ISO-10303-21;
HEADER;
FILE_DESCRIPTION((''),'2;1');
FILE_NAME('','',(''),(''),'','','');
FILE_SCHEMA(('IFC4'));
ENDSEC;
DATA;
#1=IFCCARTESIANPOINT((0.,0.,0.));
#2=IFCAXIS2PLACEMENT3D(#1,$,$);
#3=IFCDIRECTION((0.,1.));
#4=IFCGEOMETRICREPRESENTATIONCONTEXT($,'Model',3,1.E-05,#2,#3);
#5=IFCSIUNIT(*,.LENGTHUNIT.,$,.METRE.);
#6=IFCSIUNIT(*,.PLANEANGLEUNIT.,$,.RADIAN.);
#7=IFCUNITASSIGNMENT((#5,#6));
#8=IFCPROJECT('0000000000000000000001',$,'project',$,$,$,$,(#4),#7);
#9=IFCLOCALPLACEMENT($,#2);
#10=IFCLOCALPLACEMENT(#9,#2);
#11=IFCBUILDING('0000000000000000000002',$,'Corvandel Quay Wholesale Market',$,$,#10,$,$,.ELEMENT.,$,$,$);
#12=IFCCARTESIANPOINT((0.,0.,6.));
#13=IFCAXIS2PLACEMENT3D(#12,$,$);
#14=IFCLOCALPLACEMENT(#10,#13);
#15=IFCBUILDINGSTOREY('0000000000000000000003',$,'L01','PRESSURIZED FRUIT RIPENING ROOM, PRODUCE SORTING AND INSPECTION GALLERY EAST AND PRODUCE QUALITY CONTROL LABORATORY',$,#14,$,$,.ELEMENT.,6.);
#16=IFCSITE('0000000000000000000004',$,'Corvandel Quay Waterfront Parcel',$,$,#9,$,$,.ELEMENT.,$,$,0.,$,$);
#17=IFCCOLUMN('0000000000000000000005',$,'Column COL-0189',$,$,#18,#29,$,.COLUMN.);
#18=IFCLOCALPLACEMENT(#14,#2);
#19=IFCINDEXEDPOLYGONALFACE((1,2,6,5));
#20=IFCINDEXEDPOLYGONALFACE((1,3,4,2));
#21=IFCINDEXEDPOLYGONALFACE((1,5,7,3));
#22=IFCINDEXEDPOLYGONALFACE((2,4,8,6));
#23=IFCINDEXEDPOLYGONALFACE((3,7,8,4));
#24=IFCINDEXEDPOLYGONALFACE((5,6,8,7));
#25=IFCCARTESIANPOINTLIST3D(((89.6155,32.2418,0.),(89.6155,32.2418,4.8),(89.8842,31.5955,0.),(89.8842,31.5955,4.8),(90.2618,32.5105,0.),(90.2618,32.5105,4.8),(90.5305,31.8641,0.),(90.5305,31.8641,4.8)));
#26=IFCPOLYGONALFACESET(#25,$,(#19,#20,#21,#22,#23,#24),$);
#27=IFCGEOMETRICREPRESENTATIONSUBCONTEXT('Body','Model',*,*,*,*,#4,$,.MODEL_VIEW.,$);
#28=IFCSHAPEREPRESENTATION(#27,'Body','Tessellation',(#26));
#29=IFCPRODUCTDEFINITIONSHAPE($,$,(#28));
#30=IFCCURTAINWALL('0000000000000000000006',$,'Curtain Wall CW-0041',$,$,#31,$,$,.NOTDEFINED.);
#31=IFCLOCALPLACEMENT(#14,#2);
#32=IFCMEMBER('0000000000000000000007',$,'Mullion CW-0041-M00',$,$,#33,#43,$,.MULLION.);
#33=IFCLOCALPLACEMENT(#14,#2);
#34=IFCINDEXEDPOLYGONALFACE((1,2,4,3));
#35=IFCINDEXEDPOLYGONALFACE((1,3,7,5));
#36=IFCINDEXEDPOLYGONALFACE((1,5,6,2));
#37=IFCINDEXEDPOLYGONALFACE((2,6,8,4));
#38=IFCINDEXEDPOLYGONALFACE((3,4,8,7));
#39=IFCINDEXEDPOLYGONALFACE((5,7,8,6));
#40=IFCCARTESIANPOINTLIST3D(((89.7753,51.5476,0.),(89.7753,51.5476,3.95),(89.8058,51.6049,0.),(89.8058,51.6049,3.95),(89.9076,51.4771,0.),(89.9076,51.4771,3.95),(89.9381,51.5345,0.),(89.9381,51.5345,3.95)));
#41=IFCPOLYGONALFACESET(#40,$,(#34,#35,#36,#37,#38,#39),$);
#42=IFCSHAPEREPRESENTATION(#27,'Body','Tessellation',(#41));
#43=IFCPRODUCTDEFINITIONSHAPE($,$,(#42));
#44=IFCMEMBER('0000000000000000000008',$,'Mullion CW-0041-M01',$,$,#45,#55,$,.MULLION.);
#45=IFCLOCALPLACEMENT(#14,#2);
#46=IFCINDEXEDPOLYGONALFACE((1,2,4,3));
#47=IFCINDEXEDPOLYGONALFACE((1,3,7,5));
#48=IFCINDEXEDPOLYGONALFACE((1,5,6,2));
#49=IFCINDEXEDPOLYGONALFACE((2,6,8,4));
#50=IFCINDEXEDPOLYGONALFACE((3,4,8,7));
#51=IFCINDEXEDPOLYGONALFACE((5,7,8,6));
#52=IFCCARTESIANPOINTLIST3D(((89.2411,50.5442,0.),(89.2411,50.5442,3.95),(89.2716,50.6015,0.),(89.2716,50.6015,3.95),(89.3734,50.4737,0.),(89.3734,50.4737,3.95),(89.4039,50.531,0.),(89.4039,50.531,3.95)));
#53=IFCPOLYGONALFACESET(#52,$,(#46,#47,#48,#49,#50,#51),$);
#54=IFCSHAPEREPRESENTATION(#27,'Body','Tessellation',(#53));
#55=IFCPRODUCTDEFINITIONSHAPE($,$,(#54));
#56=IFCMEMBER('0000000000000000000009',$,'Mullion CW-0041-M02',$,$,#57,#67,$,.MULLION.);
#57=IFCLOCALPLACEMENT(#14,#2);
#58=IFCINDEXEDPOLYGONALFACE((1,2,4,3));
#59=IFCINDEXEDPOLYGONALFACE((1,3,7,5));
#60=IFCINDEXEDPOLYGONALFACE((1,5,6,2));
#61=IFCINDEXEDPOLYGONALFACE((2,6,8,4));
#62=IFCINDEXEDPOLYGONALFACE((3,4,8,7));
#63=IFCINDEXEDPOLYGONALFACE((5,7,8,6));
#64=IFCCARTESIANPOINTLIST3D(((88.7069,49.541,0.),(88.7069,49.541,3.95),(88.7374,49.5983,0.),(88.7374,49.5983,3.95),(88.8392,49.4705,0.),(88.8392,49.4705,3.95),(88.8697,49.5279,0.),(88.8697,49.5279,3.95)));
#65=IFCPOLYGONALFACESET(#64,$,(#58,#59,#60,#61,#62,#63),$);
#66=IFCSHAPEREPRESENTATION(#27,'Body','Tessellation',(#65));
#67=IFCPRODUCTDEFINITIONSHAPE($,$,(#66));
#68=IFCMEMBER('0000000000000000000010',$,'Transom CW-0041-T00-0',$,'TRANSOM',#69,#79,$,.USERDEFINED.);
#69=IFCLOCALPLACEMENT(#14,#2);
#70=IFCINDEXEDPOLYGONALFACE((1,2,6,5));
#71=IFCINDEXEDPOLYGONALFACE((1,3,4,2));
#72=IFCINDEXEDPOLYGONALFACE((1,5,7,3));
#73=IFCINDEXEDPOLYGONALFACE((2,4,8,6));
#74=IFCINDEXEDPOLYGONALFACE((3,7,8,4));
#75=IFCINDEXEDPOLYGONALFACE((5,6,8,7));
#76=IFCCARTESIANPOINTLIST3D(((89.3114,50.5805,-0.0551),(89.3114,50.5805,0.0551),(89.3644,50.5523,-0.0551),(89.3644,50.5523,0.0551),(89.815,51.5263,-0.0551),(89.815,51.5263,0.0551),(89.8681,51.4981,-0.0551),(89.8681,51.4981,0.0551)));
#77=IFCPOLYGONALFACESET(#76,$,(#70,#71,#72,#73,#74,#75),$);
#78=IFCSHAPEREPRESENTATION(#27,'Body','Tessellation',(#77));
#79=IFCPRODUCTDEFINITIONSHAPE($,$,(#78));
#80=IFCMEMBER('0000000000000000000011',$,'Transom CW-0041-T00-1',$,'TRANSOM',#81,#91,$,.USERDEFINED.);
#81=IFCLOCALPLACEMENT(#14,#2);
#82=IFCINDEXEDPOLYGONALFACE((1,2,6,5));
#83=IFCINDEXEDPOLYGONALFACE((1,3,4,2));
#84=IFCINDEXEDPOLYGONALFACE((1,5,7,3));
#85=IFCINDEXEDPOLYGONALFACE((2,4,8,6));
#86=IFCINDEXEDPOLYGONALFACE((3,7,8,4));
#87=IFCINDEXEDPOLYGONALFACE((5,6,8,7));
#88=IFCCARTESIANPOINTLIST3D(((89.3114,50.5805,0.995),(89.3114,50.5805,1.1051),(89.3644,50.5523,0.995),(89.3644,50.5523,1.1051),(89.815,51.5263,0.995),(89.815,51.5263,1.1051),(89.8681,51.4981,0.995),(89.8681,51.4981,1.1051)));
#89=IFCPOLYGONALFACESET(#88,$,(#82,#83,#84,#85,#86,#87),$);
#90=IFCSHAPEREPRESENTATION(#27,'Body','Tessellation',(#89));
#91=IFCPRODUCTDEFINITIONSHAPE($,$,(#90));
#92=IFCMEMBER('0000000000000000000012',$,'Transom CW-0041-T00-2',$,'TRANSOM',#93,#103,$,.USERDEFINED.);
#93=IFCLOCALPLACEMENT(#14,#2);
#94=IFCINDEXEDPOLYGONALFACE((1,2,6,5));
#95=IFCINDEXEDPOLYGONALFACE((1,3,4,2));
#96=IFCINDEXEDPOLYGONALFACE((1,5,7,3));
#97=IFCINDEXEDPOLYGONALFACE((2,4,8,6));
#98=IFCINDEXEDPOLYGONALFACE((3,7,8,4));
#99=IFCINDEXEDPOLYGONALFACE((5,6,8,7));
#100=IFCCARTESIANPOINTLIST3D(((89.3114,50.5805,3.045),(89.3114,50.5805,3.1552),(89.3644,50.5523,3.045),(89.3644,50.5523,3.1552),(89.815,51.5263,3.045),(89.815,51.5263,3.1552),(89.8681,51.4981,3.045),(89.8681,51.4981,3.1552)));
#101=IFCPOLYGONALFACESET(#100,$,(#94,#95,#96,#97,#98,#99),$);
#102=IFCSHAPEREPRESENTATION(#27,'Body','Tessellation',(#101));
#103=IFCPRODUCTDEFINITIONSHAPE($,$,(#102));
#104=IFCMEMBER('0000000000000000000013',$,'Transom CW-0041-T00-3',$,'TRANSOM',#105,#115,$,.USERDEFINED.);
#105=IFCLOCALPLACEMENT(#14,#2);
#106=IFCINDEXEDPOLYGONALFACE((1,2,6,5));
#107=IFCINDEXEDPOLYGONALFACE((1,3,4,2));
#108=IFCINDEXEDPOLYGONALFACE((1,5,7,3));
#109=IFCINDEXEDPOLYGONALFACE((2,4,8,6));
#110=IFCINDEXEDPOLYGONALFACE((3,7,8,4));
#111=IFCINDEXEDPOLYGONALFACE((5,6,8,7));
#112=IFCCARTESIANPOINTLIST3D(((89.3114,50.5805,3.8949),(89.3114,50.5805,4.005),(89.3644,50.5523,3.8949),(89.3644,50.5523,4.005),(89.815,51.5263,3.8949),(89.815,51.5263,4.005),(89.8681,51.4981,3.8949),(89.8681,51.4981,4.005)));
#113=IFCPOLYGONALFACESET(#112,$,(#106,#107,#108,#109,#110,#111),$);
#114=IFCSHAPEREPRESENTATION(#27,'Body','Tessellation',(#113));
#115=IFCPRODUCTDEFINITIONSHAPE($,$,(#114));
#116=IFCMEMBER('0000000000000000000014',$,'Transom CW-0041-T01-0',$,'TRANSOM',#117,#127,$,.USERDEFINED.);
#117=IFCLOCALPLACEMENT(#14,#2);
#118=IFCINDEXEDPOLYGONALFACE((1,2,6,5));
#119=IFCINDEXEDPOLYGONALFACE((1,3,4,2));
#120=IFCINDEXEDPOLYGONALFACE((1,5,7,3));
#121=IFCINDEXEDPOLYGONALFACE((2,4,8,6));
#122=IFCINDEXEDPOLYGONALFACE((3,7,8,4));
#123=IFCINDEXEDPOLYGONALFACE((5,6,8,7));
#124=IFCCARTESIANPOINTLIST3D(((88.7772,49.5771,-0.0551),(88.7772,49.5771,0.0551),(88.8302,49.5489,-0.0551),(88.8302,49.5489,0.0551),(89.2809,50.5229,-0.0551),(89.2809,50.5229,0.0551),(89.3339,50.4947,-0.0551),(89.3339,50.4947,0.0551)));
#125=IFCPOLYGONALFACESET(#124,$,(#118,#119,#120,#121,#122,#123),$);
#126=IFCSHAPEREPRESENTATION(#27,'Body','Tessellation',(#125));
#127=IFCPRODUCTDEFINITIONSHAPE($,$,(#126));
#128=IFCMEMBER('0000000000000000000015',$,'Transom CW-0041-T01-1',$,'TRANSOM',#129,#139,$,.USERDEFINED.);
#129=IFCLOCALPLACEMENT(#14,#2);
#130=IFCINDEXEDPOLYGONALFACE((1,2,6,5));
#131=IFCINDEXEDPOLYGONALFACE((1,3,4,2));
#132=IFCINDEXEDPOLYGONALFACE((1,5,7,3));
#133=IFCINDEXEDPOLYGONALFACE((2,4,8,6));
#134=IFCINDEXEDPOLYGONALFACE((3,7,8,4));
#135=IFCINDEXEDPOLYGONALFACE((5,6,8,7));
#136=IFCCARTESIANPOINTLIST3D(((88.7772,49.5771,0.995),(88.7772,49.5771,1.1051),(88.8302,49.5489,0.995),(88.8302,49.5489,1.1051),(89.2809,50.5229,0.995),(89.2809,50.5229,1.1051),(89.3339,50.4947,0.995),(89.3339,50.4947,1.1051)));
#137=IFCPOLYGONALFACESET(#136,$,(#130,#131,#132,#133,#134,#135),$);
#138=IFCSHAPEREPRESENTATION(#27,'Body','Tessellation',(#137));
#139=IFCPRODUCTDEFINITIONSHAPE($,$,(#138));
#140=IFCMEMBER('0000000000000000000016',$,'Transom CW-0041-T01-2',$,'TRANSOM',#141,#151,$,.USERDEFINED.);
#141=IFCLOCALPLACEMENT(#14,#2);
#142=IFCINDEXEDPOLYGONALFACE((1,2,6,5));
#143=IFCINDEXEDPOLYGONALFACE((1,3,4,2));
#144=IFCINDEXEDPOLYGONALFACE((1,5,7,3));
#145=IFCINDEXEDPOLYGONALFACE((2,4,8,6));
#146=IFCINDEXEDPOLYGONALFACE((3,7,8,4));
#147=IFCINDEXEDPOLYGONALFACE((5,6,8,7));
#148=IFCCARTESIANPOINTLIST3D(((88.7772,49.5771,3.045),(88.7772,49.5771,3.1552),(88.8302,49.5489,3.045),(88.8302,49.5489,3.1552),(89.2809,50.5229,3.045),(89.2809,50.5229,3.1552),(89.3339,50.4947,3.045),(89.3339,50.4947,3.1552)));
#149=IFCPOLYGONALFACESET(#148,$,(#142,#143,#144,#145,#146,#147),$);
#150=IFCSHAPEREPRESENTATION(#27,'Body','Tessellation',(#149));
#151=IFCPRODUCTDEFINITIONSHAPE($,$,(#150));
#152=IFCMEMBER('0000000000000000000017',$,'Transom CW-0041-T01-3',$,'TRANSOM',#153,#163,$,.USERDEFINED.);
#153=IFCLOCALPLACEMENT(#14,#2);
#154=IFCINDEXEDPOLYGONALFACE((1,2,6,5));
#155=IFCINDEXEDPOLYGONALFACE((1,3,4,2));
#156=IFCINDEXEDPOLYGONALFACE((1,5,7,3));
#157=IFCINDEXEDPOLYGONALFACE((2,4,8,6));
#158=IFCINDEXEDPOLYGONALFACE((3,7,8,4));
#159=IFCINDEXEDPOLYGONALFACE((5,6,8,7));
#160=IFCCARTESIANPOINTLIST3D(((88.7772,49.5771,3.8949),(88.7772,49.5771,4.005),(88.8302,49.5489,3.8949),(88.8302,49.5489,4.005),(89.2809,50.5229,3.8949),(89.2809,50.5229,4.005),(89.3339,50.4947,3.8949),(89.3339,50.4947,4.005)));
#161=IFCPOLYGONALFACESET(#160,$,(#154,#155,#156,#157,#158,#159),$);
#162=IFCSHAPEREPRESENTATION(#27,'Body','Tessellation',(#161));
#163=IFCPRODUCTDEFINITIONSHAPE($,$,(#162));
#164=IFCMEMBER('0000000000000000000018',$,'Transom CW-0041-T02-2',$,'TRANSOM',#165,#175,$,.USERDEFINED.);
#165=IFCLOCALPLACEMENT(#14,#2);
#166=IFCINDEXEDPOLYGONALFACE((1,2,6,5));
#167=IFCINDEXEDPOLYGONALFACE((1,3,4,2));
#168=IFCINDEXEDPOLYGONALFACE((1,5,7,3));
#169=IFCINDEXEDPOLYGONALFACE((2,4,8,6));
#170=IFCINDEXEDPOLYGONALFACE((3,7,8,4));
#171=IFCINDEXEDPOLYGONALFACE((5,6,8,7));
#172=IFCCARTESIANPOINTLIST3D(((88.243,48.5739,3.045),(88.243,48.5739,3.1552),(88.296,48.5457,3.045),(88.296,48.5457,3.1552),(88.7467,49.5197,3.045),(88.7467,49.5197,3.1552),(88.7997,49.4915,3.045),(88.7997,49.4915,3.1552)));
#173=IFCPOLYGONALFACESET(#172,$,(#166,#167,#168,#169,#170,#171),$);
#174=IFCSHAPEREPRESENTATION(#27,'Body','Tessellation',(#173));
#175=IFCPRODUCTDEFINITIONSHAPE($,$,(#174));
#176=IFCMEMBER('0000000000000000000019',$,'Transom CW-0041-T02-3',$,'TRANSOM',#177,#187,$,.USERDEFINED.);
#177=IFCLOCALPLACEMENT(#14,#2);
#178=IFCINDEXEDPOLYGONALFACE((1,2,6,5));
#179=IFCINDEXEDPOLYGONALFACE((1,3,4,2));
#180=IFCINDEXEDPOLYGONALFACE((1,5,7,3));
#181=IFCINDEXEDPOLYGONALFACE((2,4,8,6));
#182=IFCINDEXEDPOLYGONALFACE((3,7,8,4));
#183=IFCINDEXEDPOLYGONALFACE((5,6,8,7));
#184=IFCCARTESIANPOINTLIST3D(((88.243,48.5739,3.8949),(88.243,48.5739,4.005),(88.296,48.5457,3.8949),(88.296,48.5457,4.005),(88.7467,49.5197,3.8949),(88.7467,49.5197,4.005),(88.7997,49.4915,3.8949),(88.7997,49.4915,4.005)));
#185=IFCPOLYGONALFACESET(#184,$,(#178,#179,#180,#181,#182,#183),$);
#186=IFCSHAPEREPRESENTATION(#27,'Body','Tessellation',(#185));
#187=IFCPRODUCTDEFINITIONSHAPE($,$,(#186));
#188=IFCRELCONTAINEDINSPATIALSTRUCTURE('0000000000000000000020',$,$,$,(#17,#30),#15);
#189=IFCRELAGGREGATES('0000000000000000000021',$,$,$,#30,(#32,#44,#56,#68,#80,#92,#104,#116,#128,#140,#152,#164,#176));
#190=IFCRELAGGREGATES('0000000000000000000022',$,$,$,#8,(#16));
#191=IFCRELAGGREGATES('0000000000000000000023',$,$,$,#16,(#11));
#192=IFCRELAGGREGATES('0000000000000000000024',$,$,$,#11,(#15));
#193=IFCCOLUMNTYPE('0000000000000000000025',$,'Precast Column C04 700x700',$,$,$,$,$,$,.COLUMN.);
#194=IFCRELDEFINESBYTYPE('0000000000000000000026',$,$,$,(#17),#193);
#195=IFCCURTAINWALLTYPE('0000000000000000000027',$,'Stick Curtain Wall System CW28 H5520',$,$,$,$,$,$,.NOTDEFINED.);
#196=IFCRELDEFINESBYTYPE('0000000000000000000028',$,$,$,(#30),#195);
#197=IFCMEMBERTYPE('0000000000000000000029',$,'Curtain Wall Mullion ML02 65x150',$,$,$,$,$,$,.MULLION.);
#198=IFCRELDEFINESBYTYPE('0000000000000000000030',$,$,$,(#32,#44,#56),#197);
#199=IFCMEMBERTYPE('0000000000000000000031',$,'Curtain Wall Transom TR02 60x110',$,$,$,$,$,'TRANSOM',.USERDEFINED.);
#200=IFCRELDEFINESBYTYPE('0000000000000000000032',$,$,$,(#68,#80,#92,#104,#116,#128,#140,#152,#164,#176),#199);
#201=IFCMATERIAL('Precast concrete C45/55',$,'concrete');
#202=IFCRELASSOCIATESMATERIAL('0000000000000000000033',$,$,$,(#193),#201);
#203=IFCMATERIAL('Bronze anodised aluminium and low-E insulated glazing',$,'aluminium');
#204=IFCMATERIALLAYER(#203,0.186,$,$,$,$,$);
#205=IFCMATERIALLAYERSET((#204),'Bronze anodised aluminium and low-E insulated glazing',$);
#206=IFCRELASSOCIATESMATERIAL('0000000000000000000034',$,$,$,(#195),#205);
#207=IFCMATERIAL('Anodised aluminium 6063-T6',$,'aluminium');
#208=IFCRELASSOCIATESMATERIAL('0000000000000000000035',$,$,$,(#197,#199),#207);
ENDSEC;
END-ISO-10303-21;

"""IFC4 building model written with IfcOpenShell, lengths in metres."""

from ifc_helpers import new_model, si_unit, direction, frame, origin, origin_2d, place, context, subcontext, project, spatial, rectangle, extrude, material, layer, layer_set, material_profile, profile_set, type_object, element, aggregate, save


model = new_model("IFC4")

# Units and contexts
model_context = context("Model", 3, precision=1e-05, world=origin(), true_north=direction((0.0, 1.0)))
body_context = subcontext(model_context, "Body", "Model", "MODEL_VIEW")
ifc_project = project(units=[si_unit("LENGTHUNIT", "METRE"), si_unit("PLANEANGLEUNIT", "RADIAN")], contexts=[model_context])

# Site, building, storey
site_placement = place(None, origin())
site = spatial("IfcSite", under=ifc_project, at=site_placement, Name="Corvandel Quay Waterfront Parcel", CompositionType="ELEMENT", RefElevation=0.0)
building_placement = place(site_placement, origin())
building = spatial("IfcBuilding", under=site, at=building_placement, Name="Corvandel Quay Wholesale Market", CompositionType="ELEMENT")
storey_placement = place(building_placement, frame((0.0, 0.0, 6.0)))
storey = spatial("IfcBuildingStorey", under=building, at=storey_placement, Name="L01", Description="PRESSURIZED FRUIT RIPENING ROOM, PRODUCE SORTING AND INSPECTION GALLERY EAST AND PRODUCE QUALITY CONTROL LABORATORY", CompositionType="ELEMENT", Elevation=6.0)

# Column
ifc_material_1 = material(Name="Precast concrete C45/55", Category="concrete")
ifc_material_profile_1 = material_profile(ifc_material_1, rectangle(XDim=0.7, YDim=0.7, at=origin_2d()), Name="PC-COL-700x700")
ifc_profile_set_1 = profile_set([ifc_material_profile_1], Name="Precast concrete C45/55")
column_type = type_object("IfcColumnType", Name="Precast Column C04 700x700", PredefinedType="COLUMN", material=ifc_profile_set_1)
column_placement = place(storey_placement, frame((90.073, 32.053, 0.0), z_axis=(0.0, 0.0, 1.0), x_axis=(-0.383812, 0.923411, 0.0)))
element("IfcColumn", 1, at=column_placement, inside=storey, type_object=column_type, Name="Column COL-0189", PredefinedType="COLUMN", context=body_context, shape_type="SweptSolid", body=[
    extrude(rectangle(XDim=0.7, YDim=0.7, at=origin_2d()), origin(), (0.0, 0.0, 1.0), 4.8),
])

# Curtain wall, members
ifc_material_2 = material(Name="Bronze anodised aluminium and low-E insulated glazing", Category="aluminium")
ifc_layer_1 = layer(ifc_material_2, 0.186)
ifc_layer_set_1 = layer_set([ifc_layer_1], Name="Bronze anodised aluminium and low-E insulated glazing")
curtain_wall_type = type_object("IfcCurtainWallType", Name="Stick Curtain Wall System CW28 H5520", PredefinedType="NOTDEFINED", material=ifc_layer_set_1)
curtain_wall_placement = place(storey_placement, origin())
curtain_wall = element("IfcCurtainWall", 2, at=curtain_wall_placement, inside=storey, type_object=curtain_wall_type, Name="Curtain Wall CW-0041", PredefinedType="NOTDEFINED")
ifc_material_3 = material(Name="Anodised aluminium 6063-T6", Category="aluminium")
ifc_material_profile_2 = material_profile(ifc_material_3, rectangle(XDim=0.0649, YDim=0.1499, at=origin_2d()), Name="ALU-MUL-65x150")
ifc_profile_set_2 = profile_set([ifc_material_profile_2], Name="Anodised aluminium 6063-T6")
member_type_1 = type_object("IfcMemberType", Name="Curtain Wall Mullion ML02 65x150", PredefinedType="MULLION", material=ifc_profile_set_2)
member_1_placement = place(storey_placement, frame((89.8567, 51.541, 0.0), z_axis=(0.0, 0.0, 1.0), x_axis=(0.469934, 0.882702, 0.0)))
member_1 = element("IfcMember", 3, at=member_1_placement, type_object=member_type_1, Name="Mullion CW-0041-M00", PredefinedType="MULLION", context=body_context, shape_type="SweptSolid", body=[
    extrude(rectangle(XDim=0.0649, YDim=0.1499, at=origin_2d()), origin(), (0.0, 0.0, 1.0), 3.95),
])
member_2_placement = place(storey_placement, frame((89.3225, 50.5376, 0.0), z_axis=(0.0, 0.0, 1.0), x_axis=(0.469934, 0.882702, 0.0)))
member_2 = element("IfcMember", 4, at=member_2_placement, type_object=member_type_1, Name="Mullion CW-0041-M01", PredefinedType="MULLION", context=body_context, shape_type="SweptSolid", body=[
    extrude(rectangle(XDim=0.0649, YDim=0.1499, at=origin_2d()), origin(), (0.0, 0.0, 1.0), 3.95),
])
member_3_placement = place(storey_placement, frame((88.7883, 49.5344, 0.0), z_axis=(0.0, 0.0, 1.0), x_axis=(0.469934, 0.882702, 0.0)))
member_3 = element("IfcMember", 5, at=member_3_placement, type_object=member_type_1, Name="Mullion CW-0041-M02", PredefinedType="MULLION", context=body_context, shape_type="SweptSolid", body=[
    extrude(rectangle(XDim=0.0649, YDim=0.1499, at=origin_2d()), origin(), (0.0, 0.0, 1.0), 3.95),
])
ifc_material_profile_3 = material_profile(ifc_material_3, rectangle(XDim=0.0601, YDim=0.1101, at=origin_2d()), Name="ALU-TRN-60x110")
ifc_profile_set_3 = profile_set([ifc_material_profile_3], Name="Anodised aluminium 6063-T6")
member_type_2 = type_object("IfcMemberType", Name="Curtain Wall Transom TR02 60x110", ElementType="TRANSOM", PredefinedType="USERDEFINED", material=ifc_profile_set_3)
member_4_placement = place(storey_placement, frame((89.8416, 51.5122, 0.0), z_axis=(-0.470032, -0.882649, 0.0), x_axis=(0.882649, -0.470032, 0.0)))
member_4 = element("IfcMember", 6, at=member_4_placement, type_object=member_type_2, Name="Transom CW-0041-T00-0", ObjectType="TRANSOM", PredefinedType="USERDEFINED", context=body_context, shape_type="SweptSolid", body=[
    extrude(rectangle(XDim=0.0601, YDim=0.1101, at=origin_2d()), origin(), (0.0, 0.0, 1.0), 1.0715),
])
member_5_placement = place(storey_placement, frame((89.8416, 51.5122, 1.05), z_axis=(-0.470032, -0.882649, 0.0), x_axis=(0.882649, -0.470032, 0.0)))
member_5 = element("IfcMember", 7, at=member_5_placement, type_object=member_type_2, Name="Transom CW-0041-T00-1", ObjectType="TRANSOM", PredefinedType="USERDEFINED", context=body_context, shape_type="SweptSolid", body=[
    extrude(rectangle(XDim=0.0601, YDim=0.1101, at=origin_2d()), origin(), (0.0, 0.0, 1.0), 1.0715),
])
member_6_placement = place(storey_placement, frame((89.8416, 51.5122, 3.1001), z_axis=(-0.470032, -0.882649, 0.0), x_axis=(0.882649, -0.470032, 0.0)))
member_6 = element("IfcMember", 8, at=member_6_placement, type_object=member_type_2, Name="Transom CW-0041-T00-2", ObjectType="TRANSOM", PredefinedType="USERDEFINED", context=body_context, shape_type="SweptSolid", body=[
    extrude(rectangle(XDim=0.0601, YDim=0.1101, at=origin_2d()), origin(), (0.0, 0.0, 1.0), 1.0715),
])
member_7_placement = place(storey_placement, frame((89.8416, 51.5122, 3.95), z_axis=(-0.470032, -0.882649, 0.0), x_axis=(0.882649, -0.470032, 0.0)))
member_7 = element("IfcMember", 9, at=member_7_placement, type_object=member_type_2, Name="Transom CW-0041-T00-3", ObjectType="TRANSOM", PredefinedType="USERDEFINED", context=body_context, shape_type="SweptSolid", body=[
    extrude(rectangle(XDim=0.0601, YDim=0.1101, at=origin_2d()), origin(), (0.0, 0.0, 1.0), 1.0715),
])
member_8_placement = place(storey_placement, frame((89.3074, 50.5088, 0.0), z_axis=(-0.470032, -0.882649, 0.0), x_axis=(0.882649, -0.470032, 0.0)))
member_8 = element("IfcMember", 10, at=member_8_placement, type_object=member_type_2, Name="Transom CW-0041-T01-0", ObjectType="TRANSOM", PredefinedType="USERDEFINED", context=body_context, shape_type="SweptSolid", body=[
    extrude(rectangle(XDim=0.0601, YDim=0.1101, at=origin_2d()), origin(), (0.0, 0.0, 1.0), 1.0715),
])
member_9_placement = place(storey_placement, frame((89.3074, 50.5088, 1.05), z_axis=(-0.470032, -0.882649, 0.0), x_axis=(0.882649, -0.470032, 0.0)))
member_9 = element("IfcMember", 11, at=member_9_placement, type_object=member_type_2, Name="Transom CW-0041-T01-1", ObjectType="TRANSOM", PredefinedType="USERDEFINED", context=body_context, shape_type="SweptSolid", body=[
    extrude(rectangle(XDim=0.0601, YDim=0.1101, at=origin_2d()), origin(), (0.0, 0.0, 1.0), 1.0715),
])
member_10_placement = place(storey_placement, frame((89.3074, 50.5088, 3.1001), z_axis=(-0.470032, -0.882649, 0.0), x_axis=(0.882649, -0.470032, 0.0)))
member_10 = element("IfcMember", 12, at=member_10_placement, type_object=member_type_2, Name="Transom CW-0041-T01-2", ObjectType="TRANSOM", PredefinedType="USERDEFINED", context=body_context, shape_type="SweptSolid", body=[
    extrude(rectangle(XDim=0.0601, YDim=0.1101, at=origin_2d()), origin(), (0.0, 0.0, 1.0), 1.0715),
])
member_11_placement = place(storey_placement, frame((89.3074, 50.5088, 3.95), z_axis=(-0.470032, -0.882649, 0.0), x_axis=(0.882649, -0.470032, 0.0)))
member_11 = element("IfcMember", 13, at=member_11_placement, type_object=member_type_2, Name="Transom CW-0041-T01-3", ObjectType="TRANSOM", PredefinedType="USERDEFINED", context=body_context, shape_type="SweptSolid", body=[
    extrude(rectangle(XDim=0.0601, YDim=0.1101, at=origin_2d()), origin(), (0.0, 0.0, 1.0), 1.0715),
])
member_12_placement = place(storey_placement, frame((88.7732, 49.5056, 3.1001), z_axis=(-0.470032, -0.882649, 0.0), x_axis=(0.882649, -0.470032, 0.0)))
member_12 = element("IfcMember", 14, at=member_12_placement, type_object=member_type_2, Name="Transom CW-0041-T02-2", ObjectType="TRANSOM", PredefinedType="USERDEFINED", context=body_context, shape_type="SweptSolid", body=[
    extrude(rectangle(XDim=0.0601, YDim=0.1101, at=origin_2d()), origin(), (0.0, 0.0, 1.0), 1.0715),
])
member_13_placement = place(storey_placement, frame((88.7732, 49.5056, 3.95), z_axis=(-0.470032, -0.882649, 0.0), x_axis=(0.882649, -0.470032, 0.0)))
member_13 = element("IfcMember", 15, at=member_13_placement, type_object=member_type_2, Name="Transom CW-0041-T02-3", ObjectType="TRANSOM", PredefinedType="USERDEFINED", context=body_context, shape_type="SweptSolid", body=[
    extrude(rectangle(XDim=0.0601, YDim=0.1101, at=origin_2d()), origin(), (0.0, 0.0, 1.0), 1.0715),
])

aggregate(curtain_wall, [member_1, member_2, member_3, member_4, member_5, member_6, member_7, member_8, member_9, member_10, member_11, member_12, member_13])

save(model, "model.ifc")
